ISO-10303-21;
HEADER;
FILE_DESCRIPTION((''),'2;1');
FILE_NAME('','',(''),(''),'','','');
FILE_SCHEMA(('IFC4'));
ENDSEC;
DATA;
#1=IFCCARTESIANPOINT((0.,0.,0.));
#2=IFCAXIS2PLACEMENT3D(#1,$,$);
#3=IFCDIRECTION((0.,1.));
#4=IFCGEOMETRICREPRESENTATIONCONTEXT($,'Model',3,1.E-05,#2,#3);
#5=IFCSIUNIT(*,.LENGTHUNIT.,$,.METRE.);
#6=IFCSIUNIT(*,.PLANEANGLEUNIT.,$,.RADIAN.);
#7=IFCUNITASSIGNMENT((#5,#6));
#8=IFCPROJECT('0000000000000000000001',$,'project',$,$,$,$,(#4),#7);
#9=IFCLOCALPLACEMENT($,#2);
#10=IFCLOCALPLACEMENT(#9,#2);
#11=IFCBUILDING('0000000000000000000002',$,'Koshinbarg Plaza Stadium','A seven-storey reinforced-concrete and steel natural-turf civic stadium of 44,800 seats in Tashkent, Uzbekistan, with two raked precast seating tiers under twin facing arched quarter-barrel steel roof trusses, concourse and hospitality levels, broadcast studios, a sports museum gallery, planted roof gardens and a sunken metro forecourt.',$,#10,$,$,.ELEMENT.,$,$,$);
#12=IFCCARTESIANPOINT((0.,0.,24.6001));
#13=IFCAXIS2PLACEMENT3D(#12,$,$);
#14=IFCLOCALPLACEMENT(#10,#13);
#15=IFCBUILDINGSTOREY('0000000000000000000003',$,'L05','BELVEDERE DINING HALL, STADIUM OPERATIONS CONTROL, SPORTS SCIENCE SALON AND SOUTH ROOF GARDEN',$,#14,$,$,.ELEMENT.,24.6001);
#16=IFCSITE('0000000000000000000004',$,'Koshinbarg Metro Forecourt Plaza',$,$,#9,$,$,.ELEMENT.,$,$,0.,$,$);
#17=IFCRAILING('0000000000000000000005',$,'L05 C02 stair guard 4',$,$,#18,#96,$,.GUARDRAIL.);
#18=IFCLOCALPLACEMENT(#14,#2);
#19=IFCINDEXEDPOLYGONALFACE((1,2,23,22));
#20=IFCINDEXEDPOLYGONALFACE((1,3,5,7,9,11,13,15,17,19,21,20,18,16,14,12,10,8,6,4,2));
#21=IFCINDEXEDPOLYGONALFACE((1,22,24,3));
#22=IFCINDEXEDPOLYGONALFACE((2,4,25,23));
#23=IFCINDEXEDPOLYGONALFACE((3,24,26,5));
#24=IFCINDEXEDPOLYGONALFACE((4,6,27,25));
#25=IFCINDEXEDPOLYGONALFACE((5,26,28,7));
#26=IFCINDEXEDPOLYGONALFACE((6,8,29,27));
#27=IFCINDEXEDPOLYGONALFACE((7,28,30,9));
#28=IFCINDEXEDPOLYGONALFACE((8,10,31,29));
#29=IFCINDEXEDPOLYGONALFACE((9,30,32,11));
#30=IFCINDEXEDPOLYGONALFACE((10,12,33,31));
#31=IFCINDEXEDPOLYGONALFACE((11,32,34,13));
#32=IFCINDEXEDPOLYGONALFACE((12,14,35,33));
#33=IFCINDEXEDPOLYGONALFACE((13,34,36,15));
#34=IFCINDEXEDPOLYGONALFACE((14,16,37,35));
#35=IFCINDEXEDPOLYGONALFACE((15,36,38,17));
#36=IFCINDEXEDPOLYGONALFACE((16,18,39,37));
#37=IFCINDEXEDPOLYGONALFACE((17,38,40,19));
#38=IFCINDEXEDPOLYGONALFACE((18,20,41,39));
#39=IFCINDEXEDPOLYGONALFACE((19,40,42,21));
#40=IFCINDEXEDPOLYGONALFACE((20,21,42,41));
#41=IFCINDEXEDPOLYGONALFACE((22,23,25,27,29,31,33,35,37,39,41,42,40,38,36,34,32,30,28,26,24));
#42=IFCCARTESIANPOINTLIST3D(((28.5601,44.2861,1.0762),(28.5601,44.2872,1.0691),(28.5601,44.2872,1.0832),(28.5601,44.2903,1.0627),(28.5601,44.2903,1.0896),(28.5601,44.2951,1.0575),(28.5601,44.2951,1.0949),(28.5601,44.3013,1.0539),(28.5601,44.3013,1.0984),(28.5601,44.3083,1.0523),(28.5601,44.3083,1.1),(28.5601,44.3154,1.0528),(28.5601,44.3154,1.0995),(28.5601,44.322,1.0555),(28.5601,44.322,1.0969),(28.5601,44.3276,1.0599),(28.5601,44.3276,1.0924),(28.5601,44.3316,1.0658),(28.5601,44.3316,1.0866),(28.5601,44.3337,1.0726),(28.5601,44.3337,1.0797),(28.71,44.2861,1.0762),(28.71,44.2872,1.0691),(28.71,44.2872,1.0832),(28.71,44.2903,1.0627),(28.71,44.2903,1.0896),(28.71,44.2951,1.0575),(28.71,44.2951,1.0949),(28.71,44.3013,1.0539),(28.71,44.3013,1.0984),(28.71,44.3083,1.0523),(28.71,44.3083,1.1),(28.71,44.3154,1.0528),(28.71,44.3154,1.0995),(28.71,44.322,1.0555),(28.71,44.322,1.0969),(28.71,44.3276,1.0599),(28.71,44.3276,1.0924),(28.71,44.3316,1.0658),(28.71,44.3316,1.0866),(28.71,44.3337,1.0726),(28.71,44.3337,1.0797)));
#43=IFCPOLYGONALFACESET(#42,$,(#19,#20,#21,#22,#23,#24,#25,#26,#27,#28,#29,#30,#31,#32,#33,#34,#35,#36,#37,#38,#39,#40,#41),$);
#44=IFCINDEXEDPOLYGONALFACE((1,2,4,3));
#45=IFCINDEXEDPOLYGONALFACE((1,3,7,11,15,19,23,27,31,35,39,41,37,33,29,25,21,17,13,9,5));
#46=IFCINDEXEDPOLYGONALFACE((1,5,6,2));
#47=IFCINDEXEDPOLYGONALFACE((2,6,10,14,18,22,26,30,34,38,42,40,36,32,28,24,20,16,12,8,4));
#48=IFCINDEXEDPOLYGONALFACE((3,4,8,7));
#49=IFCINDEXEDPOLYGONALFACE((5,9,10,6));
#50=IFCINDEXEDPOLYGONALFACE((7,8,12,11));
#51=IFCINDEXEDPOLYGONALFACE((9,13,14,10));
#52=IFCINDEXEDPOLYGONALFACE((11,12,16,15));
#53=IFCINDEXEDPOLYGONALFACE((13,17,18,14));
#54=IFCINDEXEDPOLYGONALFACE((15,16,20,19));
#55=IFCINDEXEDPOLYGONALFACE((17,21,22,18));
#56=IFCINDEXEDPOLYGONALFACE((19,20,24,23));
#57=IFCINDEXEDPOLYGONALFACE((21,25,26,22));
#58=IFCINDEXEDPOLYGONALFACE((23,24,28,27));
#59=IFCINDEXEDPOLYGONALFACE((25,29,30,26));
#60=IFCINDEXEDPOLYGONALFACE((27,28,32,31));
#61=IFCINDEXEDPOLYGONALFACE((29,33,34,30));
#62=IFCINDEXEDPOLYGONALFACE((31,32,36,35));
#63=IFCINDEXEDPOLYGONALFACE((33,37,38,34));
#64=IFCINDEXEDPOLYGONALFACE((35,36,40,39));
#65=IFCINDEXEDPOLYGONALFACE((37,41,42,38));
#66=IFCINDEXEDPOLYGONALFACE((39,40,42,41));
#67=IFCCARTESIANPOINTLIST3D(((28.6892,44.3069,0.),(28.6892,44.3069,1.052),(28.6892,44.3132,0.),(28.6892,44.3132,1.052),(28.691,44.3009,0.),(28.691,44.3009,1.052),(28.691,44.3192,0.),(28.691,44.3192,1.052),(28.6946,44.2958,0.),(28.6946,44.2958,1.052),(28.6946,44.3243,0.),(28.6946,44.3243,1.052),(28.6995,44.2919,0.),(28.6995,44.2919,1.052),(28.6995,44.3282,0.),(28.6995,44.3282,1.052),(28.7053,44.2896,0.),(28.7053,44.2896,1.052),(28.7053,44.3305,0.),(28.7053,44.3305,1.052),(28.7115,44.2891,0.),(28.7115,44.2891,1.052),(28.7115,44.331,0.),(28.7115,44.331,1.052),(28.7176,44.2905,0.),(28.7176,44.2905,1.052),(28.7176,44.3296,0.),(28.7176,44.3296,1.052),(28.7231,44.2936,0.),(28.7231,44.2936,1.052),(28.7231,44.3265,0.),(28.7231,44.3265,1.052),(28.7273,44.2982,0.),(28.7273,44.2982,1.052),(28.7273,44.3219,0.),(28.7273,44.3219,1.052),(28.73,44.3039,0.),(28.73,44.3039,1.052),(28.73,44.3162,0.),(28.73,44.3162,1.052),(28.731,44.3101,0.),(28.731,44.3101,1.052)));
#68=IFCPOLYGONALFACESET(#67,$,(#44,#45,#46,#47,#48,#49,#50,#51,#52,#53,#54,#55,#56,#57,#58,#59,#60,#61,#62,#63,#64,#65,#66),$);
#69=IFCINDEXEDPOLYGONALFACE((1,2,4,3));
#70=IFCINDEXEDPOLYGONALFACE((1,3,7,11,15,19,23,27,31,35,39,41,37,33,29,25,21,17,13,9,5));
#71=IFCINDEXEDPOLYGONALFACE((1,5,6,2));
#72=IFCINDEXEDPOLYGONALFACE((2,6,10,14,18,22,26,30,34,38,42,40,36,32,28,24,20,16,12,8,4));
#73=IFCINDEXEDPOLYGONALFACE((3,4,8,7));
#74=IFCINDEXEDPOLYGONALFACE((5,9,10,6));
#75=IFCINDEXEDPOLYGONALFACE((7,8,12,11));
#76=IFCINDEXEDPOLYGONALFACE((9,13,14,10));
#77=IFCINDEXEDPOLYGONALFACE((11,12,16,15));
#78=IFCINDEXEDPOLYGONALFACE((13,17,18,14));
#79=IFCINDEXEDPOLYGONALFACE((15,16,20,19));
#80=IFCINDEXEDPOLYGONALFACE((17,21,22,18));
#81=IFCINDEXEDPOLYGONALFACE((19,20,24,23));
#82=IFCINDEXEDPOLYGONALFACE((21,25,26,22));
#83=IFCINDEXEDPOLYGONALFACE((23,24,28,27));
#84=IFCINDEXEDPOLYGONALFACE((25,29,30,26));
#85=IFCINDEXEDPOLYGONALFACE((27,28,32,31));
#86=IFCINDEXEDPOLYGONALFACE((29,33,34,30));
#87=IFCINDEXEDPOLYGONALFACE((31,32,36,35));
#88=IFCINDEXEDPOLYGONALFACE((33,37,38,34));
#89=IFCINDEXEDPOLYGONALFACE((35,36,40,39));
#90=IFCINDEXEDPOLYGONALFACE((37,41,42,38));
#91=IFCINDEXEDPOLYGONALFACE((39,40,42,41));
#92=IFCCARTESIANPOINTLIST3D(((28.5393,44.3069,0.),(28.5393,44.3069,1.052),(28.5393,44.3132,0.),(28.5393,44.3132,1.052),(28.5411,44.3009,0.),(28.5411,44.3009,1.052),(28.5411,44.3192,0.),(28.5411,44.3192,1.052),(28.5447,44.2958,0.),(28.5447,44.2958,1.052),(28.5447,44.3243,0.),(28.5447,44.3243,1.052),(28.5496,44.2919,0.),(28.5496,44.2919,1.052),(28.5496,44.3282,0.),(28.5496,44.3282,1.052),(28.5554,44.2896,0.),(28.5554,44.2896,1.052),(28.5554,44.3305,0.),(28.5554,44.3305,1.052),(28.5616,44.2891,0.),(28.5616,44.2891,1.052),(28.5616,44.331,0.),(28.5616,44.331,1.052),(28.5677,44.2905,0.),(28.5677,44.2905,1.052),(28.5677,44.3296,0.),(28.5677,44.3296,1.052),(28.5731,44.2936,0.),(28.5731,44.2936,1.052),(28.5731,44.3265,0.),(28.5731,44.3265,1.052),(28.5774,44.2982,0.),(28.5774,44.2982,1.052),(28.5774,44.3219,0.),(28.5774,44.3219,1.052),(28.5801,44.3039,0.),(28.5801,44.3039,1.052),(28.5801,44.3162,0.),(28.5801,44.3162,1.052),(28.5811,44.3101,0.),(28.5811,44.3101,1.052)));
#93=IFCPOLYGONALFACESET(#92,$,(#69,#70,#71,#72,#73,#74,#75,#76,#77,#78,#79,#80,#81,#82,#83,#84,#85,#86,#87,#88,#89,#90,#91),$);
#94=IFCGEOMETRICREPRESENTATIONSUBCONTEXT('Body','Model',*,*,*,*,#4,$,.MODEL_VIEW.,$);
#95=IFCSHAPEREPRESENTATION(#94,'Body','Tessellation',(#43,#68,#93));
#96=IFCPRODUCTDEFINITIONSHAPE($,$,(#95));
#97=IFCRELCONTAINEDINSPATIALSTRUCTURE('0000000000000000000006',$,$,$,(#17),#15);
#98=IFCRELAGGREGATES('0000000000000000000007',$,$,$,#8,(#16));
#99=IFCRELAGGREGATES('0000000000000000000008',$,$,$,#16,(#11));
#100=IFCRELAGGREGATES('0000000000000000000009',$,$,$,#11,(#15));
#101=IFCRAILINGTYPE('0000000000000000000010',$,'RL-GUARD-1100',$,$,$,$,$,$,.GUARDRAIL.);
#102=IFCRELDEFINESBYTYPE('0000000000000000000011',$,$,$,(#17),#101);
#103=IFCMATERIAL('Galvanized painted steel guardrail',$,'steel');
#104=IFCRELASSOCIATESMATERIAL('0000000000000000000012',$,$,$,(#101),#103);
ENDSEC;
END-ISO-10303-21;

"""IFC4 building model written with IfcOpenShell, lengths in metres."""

from ifc_helpers import new_model, si_unit, direction, frame, origin, origin_2d, place, context, subcontext, project, spatial, circle, extrude, material, type_object, element, save


model = new_model("IFC4")

# Units and contexts
model_context = context("Model", 3, precision=1e-05, world=origin(), true_north=direction((0.0, 1.0)))
body_context = subcontext(model_context, "Body", "Model", "MODEL_VIEW")
ifc_project = project(units=[si_unit("LENGTHUNIT", "METRE"), si_unit("PLANEANGLEUNIT", "RADIAN")], contexts=[model_context])

# Site, building, storey
site_placement = place(None, origin())
site = spatial("IfcSite", under=ifc_project, at=site_placement, Name="Koshinbarg Metro Forecourt Plaza", CompositionType="ELEMENT", RefElevation=0.0)
building_placement = place(site_placement, origin())
building = spatial("IfcBuilding", under=site, at=building_placement, Name="Koshinbarg Plaza Stadium", Description="A seven-storey reinforced-concrete and steel natural-turf civic stadium of 44,800 seats in Tashkent, Uzbekistan, with two raked precast seating tiers under twin facing arched quarter-barrel steel roof trusses, concourse and hospitality levels, broadcast studios, a sports museum gallery, planted roof gardens and a sunken metro forecourt.", CompositionType="ELEMENT")
storey_placement = place(building_placement, frame((0.0, 0.0, 24.6001)))
storey = spatial("IfcBuildingStorey", under=building, at=storey_placement, Name="L05", Description="BELVEDERE DINING HALL, STADIUM OPERATIONS CONTROL, SPORTS SCIENCE SALON AND SOUTH ROOF GARDEN", CompositionType="ELEMENT", Elevation=24.6001)

# Railing
ifc_material_1 = material(Name="Galvanized painted steel guardrail", Category="steel")
railing_type_1 = type_object("IfcRailingType", Name="RL-GUARD-1100", PredefinedType="GUARDRAIL", material=ifc_material_1)
railing_1_placement = place(storey_placement, frame((28.71, 44.3101, 0.0)))
element("IfcRailing", 1, at=railing_1_placement, inside=storey, type_object=railing_type_1, Name="L05 C02 stair guard 4", PredefinedType="GUARDRAIL", context=body_context, shape_type="SweptSolid", body=[
    extrude(circle(Radius=0.0239, at=origin_2d()), frame((0.0, 0.0, 1.0762), z_axis=(-1.0, 0.0, 0.0), x_axis=(0.0, -1.0, 0.0)), (0.0, 0.0, 1.0), 0.1499),
    extrude(circle(Radius=0.021, at=origin_2d()), origin(), (0.0, 0.0, 1.0), 1.052),
    extrude(circle(Radius=0.021, at=origin_2d()), frame((-0.1499, 0.0, 0.0)), (0.0, 0.0, 1.0), 1.052),
])

save(model, "model.ifc")
